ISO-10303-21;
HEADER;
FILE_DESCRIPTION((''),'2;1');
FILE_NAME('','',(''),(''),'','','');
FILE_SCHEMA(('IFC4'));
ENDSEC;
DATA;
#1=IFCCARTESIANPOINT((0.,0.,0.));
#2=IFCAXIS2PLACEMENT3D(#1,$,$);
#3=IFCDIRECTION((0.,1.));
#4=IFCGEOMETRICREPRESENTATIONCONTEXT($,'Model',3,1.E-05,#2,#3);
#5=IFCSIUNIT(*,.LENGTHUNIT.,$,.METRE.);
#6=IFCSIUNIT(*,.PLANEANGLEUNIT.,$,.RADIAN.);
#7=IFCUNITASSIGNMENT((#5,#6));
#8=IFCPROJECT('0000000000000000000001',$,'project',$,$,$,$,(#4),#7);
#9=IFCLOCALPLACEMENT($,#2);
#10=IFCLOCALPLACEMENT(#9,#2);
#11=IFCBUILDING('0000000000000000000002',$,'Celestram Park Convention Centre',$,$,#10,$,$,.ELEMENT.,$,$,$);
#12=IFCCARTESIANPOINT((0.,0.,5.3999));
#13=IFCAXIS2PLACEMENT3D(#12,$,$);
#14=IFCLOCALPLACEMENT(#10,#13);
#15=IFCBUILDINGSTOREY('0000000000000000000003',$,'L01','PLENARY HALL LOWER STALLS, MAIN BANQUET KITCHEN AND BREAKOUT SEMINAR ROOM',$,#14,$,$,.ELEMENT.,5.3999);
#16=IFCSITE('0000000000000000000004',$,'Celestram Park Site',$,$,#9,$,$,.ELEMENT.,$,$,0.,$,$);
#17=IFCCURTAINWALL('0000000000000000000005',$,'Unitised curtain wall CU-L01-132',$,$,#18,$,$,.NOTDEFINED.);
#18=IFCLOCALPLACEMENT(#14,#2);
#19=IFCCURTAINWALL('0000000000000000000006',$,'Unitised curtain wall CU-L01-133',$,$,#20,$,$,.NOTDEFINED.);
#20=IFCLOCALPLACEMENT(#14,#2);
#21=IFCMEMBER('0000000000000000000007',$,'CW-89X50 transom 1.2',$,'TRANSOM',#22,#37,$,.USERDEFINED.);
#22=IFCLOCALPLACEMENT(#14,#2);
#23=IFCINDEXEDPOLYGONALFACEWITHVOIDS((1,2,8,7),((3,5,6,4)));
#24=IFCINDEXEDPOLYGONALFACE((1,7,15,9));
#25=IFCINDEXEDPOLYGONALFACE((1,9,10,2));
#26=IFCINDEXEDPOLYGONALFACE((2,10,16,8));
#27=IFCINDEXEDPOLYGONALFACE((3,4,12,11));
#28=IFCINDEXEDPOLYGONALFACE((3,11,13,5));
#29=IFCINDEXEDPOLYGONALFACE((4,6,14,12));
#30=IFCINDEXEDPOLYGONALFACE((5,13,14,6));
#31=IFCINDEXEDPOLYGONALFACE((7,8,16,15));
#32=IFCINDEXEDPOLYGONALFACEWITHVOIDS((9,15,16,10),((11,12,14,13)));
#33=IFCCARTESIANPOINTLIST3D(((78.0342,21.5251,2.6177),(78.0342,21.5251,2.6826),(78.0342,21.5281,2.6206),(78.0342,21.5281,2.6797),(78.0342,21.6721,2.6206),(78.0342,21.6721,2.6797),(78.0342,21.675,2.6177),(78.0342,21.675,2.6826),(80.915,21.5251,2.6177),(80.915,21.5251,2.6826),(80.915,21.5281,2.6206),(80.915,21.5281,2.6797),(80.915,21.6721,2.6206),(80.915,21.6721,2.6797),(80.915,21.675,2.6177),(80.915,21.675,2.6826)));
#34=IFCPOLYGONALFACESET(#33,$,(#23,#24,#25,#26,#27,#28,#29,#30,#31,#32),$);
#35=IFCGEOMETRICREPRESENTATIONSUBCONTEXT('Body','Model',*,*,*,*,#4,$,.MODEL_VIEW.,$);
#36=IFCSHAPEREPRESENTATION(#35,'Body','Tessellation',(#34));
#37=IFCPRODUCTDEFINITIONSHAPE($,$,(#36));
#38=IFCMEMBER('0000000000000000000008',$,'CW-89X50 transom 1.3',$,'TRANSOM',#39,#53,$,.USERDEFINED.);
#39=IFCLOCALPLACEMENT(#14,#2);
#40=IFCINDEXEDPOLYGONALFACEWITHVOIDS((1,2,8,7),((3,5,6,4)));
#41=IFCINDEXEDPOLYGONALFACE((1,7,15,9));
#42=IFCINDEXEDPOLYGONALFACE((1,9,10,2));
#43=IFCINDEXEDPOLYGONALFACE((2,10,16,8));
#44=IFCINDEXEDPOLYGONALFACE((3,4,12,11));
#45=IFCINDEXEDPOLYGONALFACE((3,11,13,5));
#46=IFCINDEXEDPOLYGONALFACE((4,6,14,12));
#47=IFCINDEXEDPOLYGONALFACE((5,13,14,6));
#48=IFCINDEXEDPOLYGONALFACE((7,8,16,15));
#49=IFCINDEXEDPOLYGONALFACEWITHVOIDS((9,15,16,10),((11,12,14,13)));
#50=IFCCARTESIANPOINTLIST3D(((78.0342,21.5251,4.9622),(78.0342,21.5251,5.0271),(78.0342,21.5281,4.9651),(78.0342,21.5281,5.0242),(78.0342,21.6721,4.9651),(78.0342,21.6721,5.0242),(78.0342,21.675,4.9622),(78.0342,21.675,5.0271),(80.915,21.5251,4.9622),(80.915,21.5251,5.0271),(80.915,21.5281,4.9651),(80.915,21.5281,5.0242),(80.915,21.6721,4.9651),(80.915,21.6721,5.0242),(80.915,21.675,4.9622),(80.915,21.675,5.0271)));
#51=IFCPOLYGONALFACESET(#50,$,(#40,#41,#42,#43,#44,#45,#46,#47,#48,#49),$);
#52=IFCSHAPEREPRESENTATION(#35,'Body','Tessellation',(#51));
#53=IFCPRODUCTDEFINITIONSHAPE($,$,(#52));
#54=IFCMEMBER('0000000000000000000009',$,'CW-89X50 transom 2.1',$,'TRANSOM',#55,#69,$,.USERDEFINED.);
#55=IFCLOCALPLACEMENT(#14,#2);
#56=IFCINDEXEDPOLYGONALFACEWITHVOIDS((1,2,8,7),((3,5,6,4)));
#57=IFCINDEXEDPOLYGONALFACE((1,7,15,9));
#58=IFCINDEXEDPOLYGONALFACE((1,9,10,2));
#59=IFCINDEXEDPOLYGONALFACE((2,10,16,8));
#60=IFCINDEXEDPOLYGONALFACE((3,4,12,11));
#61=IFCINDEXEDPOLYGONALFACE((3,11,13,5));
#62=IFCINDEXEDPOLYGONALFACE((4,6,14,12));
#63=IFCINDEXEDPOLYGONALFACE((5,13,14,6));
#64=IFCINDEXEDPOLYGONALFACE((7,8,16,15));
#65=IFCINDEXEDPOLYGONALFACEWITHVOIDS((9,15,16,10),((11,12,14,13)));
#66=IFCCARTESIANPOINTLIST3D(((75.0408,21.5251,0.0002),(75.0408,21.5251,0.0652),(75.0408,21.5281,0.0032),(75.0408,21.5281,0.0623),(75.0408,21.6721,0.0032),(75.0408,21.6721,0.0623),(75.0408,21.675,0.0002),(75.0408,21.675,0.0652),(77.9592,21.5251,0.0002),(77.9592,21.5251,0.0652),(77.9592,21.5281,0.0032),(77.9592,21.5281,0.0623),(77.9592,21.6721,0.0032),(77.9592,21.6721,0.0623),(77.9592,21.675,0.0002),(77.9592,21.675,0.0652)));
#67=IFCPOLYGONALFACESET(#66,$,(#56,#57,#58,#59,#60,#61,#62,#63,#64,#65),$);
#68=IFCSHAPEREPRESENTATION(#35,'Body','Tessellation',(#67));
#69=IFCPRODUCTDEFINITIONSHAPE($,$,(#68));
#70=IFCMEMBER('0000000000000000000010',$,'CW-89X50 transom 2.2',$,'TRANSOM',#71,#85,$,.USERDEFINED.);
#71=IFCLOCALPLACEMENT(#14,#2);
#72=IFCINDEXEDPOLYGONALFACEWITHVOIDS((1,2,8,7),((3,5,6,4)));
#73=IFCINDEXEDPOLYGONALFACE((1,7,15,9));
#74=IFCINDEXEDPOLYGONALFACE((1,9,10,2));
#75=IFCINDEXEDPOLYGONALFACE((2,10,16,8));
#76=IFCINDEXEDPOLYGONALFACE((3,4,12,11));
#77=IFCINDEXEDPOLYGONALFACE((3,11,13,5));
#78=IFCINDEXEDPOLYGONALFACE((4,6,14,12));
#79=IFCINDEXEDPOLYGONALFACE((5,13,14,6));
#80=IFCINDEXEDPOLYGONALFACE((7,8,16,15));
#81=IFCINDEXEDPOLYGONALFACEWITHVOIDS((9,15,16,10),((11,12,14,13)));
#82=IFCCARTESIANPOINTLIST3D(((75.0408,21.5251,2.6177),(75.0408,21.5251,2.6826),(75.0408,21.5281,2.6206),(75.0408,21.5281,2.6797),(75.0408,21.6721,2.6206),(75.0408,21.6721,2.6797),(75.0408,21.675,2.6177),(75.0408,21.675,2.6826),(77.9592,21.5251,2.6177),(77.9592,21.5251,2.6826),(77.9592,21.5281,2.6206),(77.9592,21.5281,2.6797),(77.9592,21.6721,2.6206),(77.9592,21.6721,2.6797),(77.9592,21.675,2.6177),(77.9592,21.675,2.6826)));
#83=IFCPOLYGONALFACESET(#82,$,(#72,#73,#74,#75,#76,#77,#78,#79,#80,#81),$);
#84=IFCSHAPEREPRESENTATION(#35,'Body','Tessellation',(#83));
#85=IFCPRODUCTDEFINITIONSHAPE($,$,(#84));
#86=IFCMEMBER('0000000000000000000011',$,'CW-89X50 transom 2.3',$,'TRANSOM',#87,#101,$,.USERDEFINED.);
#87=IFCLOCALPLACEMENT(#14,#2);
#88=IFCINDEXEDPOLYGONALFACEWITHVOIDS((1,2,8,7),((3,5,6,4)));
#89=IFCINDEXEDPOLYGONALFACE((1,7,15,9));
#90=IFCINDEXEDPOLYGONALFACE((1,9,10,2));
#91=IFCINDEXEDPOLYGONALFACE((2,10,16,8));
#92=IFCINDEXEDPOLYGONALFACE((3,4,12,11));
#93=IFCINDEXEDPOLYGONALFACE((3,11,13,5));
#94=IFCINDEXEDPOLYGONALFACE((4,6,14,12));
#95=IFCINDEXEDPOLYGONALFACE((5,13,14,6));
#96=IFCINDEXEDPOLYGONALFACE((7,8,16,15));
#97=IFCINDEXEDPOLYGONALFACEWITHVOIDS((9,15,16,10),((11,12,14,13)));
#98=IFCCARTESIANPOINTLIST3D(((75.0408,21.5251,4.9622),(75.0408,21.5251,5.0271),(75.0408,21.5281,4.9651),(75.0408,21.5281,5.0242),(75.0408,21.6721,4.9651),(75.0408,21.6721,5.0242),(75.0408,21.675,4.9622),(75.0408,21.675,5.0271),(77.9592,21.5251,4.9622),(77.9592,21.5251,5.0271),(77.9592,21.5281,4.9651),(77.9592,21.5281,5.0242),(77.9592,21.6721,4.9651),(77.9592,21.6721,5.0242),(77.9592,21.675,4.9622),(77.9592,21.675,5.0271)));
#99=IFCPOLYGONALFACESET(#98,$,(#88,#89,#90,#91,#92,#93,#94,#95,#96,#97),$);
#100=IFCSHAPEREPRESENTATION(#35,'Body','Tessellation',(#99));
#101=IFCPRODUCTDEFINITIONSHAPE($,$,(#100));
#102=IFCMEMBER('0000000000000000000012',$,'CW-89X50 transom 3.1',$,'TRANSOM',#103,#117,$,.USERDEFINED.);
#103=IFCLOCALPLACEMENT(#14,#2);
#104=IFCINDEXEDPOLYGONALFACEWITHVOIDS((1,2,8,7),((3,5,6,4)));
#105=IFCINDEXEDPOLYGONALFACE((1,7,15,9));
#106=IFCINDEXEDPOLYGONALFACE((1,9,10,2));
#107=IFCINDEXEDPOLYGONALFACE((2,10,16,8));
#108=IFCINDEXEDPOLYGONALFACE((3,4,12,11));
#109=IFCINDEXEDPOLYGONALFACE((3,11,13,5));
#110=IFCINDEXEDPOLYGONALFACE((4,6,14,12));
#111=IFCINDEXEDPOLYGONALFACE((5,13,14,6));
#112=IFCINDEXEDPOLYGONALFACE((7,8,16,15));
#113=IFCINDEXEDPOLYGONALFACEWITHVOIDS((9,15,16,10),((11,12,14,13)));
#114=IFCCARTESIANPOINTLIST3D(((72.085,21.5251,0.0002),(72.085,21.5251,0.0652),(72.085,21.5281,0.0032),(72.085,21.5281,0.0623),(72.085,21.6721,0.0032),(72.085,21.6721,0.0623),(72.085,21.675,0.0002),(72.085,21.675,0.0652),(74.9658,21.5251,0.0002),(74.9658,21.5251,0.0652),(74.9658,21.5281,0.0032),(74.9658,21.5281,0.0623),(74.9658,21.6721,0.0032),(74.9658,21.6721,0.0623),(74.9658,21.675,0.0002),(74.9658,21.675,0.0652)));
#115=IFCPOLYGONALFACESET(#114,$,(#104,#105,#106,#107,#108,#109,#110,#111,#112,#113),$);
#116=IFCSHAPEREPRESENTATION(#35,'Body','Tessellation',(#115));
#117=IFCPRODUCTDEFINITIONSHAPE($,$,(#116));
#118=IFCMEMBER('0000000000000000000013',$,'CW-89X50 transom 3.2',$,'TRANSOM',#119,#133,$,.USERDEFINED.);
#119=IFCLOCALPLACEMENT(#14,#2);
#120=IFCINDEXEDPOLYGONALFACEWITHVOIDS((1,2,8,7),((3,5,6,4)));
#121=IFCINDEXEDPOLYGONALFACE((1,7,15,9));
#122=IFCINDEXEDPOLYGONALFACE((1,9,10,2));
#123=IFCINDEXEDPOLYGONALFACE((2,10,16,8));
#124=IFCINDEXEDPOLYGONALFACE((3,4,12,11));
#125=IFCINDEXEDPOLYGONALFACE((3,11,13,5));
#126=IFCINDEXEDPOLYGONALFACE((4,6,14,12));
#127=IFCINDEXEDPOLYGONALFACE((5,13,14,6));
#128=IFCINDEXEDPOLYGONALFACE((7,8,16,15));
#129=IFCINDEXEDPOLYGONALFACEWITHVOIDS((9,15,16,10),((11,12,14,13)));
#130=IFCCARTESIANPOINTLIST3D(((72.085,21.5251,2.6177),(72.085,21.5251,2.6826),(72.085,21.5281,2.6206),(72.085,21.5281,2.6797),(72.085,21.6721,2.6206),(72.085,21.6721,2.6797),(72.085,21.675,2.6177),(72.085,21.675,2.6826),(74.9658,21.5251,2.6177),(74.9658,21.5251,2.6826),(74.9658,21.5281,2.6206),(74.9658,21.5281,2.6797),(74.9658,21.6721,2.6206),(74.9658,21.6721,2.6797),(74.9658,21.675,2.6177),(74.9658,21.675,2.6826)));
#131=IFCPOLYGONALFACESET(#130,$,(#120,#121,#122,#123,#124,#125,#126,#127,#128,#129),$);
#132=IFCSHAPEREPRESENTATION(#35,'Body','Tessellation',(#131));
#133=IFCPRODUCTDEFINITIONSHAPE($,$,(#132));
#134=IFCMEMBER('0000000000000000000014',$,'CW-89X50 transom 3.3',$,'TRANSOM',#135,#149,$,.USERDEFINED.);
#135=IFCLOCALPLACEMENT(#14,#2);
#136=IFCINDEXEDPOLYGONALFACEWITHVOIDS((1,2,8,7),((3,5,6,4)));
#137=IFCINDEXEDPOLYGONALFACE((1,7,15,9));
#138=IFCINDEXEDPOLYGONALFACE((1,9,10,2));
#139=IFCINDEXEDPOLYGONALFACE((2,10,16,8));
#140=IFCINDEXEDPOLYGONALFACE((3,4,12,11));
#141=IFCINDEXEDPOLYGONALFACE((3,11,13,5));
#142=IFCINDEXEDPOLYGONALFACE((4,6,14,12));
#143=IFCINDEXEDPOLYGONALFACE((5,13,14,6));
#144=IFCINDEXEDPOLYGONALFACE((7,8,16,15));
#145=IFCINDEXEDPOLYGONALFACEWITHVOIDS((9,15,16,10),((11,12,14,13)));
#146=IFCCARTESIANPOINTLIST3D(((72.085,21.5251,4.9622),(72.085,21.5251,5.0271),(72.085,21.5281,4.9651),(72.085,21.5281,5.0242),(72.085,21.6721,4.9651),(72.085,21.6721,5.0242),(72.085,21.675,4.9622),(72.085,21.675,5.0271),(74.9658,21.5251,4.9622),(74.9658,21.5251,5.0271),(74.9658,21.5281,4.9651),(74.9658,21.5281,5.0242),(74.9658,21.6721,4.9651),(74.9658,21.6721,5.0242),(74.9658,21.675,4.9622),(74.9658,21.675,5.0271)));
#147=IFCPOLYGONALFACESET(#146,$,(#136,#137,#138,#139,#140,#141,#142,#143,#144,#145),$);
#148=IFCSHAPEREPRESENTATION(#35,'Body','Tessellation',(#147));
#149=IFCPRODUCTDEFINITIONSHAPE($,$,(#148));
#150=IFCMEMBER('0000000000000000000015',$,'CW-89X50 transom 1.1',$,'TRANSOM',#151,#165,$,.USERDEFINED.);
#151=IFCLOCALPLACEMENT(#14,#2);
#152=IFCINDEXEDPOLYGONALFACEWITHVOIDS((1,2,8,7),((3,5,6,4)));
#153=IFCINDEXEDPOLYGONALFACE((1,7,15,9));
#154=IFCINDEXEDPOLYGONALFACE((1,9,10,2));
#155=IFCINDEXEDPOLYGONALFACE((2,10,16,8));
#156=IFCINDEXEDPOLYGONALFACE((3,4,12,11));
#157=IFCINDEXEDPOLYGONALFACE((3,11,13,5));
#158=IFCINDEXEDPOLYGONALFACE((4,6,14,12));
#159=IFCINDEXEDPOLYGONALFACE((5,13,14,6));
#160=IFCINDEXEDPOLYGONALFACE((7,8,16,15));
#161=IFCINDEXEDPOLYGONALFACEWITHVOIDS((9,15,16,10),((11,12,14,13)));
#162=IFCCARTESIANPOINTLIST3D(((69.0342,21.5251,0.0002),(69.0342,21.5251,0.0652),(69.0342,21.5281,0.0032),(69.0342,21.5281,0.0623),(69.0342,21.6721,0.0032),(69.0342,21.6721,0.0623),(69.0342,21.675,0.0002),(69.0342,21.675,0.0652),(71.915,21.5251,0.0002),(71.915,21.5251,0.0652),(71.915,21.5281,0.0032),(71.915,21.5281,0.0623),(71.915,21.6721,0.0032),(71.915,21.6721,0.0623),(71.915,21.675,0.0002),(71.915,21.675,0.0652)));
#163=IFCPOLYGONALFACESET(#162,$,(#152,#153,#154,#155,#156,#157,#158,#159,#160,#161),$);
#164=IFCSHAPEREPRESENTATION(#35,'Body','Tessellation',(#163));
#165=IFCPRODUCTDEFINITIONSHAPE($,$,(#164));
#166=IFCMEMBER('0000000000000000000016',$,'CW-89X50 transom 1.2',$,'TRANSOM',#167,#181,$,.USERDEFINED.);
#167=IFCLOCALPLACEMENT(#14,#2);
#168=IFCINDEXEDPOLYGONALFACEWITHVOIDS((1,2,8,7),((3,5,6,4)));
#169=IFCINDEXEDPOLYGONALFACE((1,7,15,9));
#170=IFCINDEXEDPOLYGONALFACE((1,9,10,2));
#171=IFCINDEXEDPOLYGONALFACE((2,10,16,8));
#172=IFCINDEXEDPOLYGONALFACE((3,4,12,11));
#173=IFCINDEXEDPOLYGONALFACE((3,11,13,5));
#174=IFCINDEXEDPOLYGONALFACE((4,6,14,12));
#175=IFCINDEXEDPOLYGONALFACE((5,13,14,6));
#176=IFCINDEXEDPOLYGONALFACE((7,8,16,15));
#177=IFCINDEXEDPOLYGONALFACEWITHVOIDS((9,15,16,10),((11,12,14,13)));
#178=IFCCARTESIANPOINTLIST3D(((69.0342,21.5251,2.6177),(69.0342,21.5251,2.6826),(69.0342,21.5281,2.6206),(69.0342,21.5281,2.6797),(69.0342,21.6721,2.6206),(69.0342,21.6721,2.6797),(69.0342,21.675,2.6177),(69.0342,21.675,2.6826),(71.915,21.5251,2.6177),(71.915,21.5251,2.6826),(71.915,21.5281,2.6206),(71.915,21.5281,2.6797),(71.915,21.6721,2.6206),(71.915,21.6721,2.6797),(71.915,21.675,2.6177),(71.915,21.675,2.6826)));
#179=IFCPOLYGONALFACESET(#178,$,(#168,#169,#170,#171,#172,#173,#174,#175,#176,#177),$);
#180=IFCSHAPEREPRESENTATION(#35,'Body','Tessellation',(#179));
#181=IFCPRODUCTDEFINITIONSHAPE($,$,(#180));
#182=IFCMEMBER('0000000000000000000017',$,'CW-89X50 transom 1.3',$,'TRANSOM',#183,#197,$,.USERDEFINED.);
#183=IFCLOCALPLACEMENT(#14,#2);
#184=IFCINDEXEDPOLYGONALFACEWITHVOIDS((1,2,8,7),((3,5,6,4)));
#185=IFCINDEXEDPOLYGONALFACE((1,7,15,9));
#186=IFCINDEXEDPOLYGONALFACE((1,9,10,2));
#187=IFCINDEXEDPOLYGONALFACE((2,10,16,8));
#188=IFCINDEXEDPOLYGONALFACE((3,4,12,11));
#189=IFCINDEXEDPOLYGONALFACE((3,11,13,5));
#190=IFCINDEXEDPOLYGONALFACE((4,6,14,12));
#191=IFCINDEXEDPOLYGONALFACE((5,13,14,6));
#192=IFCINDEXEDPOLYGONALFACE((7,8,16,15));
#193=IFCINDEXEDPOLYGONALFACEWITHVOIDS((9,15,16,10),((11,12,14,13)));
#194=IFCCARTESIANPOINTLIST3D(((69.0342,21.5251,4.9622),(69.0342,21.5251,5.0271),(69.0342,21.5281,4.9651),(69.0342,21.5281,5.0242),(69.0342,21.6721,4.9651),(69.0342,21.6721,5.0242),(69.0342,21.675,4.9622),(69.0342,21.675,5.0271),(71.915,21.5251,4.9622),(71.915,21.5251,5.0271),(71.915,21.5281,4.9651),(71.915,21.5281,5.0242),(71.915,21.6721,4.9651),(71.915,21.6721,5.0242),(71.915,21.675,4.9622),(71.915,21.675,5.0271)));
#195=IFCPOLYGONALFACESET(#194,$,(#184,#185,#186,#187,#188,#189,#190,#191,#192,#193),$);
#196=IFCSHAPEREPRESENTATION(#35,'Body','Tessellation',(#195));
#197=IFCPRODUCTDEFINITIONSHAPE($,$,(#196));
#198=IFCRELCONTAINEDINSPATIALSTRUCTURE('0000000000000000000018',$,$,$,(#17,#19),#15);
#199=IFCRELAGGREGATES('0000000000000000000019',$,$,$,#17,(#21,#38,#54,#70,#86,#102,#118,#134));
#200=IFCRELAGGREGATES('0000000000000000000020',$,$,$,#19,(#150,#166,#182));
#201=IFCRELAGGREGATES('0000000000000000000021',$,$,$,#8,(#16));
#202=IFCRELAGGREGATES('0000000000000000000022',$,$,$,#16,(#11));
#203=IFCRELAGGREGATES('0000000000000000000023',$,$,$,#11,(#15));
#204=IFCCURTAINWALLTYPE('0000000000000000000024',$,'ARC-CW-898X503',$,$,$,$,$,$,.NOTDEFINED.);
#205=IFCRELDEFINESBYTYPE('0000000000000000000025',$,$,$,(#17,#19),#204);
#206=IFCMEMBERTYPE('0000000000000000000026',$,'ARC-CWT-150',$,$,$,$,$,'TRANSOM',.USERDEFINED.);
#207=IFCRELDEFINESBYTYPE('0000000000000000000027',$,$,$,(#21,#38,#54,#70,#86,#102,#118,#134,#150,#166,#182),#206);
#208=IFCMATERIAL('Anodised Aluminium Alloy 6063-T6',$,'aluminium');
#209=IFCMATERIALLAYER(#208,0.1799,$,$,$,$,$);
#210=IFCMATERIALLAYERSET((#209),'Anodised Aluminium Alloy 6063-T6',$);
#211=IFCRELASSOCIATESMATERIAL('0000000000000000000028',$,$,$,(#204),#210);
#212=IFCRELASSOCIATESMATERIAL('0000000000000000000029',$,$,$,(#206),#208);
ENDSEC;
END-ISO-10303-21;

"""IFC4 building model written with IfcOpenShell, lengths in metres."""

from ifc_helpers import new_model, si_unit, direction, frame, origin, origin_2d, place, context, subcontext, project, spatial, hollow_rectangle, extrude, material, layer, layer_set, material_profile, profile_set, type_object, element, aggregate, save


model = new_model("IFC4")

# Units and contexts
model_context = context("Model", 3, precision=1e-05, world=origin(), true_north=direction((0.0, 1.0)))
body_context = subcontext(model_context, "Body", "Model", "MODEL_VIEW")
ifc_project = project(units=[si_unit("LENGTHUNIT", "METRE"), si_unit("PLANEANGLEUNIT", "RADIAN")], contexts=[model_context])

# Site, building, storey
site_placement = place(None, origin())
site = spatial("IfcSite", under=ifc_project, at=site_placement, Name="Celestram Park Site", CompositionType="ELEMENT", RefElevation=0.0)
building_placement = place(site_placement, origin())
building = spatial("IfcBuilding", under=site, at=building_placement, Name="Celestram Park Convention Centre", CompositionType="ELEMENT")
storey_placement = place(building_placement, frame((0.0, 0.0, 5.3999)))
storey = spatial("IfcBuildingStorey", under=building, at=storey_placement, Name="L01", Description="PLENARY HALL LOWER STALLS, MAIN BANQUET KITCHEN AND BREAKOUT SEMINAR ROOM", CompositionType="ELEMENT", Elevation=5.3999)

# Shared definitions
ifc_material_1 = material(Name="Anodised Aluminium Alloy 6063-T6", Category="aluminium")
ifc_layer_1 = layer(ifc_material_1, 0.1799)
ifc_layer_set_1 = layer_set([ifc_layer_1], Name="Anodised Aluminium Alloy 6063-T6")
curtain_wall_type = type_object("IfcCurtainWallType", Name="ARC-CW-898X503", PredefinedType="NOTDEFINED", material=ifc_layer_set_1)

# Curtain walls
curtain_wall_1_placement = place(storey_placement, origin())
curtain_wall_1 = element("IfcCurtainWall", 1, at=curtain_wall_1_placement, inside=storey, type_object=curtain_wall_type, Name="Unitised curtain wall CU-L01-132", PredefinedType="NOTDEFINED")
curtain_wall_2_placement = place(storey_placement, origin())
curtain_wall_2 = element("IfcCurtainWall", 2, at=curtain_wall_2_placement, inside=storey, type_object=curtain_wall_type, Name="Unitised curtain wall CU-L01-133", PredefinedType="NOTDEFINED")

# Members
ifc_material_profile_1 = material_profile(ifc_material_1, hollow_rectangle(XDim=0.1499, YDim=0.0649, WallThickness=0.0029, at=origin_2d()), Name="ALU150X65X3")
ifc_profile_set_1 = profile_set([ifc_material_profile_1], Name="Anodised Aluminium Alloy 6063-T6")
member_type_1 = type_object("IfcMemberType", Name="ARC-CWT-150", ElementType="TRANSOM", PredefinedType="USERDEFINED", material=ifc_profile_set_1)
member_1_placement = place(storey_placement, frame((80.915, 21.6001, 2.6501), z_axis=(-1.0, 0.0, 0.0), x_axis=(0.0, -1.0, 0.0)))
member_1 = element("IfcMember", 3, at=member_1_placement, type_object=member_type_1, Name="CW-89X50 transom 1.2", ObjectType="TRANSOM", PredefinedType="USERDEFINED", context=body_context, shape_type="SweptSolid", body=[
    extrude(hollow_rectangle(XDim=0.1499, YDim=0.0649, WallThickness=0.0029, at=origin_2d()), origin(), (0.0, 0.0, 1.0), 2.8809),
])
member_2_placement = place(storey_placement, frame((80.915, 21.6001, 4.9946), z_axis=(-1.0, 0.0, 0.0), x_axis=(0.0, -1.0, 0.0)))
member_2 = element("IfcMember", 4, at=member_2_placement, type_object=member_type_1, Name="CW-89X50 transom 1.3", ObjectType="TRANSOM", PredefinedType="USERDEFINED", context=body_context, shape_type="SweptSolid", body=[
    extrude(hollow_rectangle(XDim=0.1499, YDim=0.0649, WallThickness=0.0029, at=origin_2d()), origin(), (0.0, 0.0, 1.0), 2.8809),
])
member_3_placement = place(storey_placement, frame((77.9592, 21.6001, 0.0327), z_axis=(-1.0, 0.0, 0.0), x_axis=(0.0, -1.0, 0.0)))
member_3 = element("IfcMember", 5, at=member_3_placement, type_object=member_type_1, Name="CW-89X50 transom 2.1", ObjectType="TRANSOM", PredefinedType="USERDEFINED", context=body_context, shape_type="SweptSolid", body=[
    extrude(hollow_rectangle(XDim=0.1499, YDim=0.0649, WallThickness=0.0029, at=origin_2d()), origin(), (0.0, 0.0, 1.0), 2.9185),
])
member_4_placement = place(storey_placement, frame((77.9592, 21.6001, 2.6501), z_axis=(-1.0, 0.0, 0.0), x_axis=(0.0, -1.0, 0.0)))
member_4 = element("IfcMember", 6, at=member_4_placement, type_object=member_type_1, Name="CW-89X50 transom 2.2", ObjectType="TRANSOM", PredefinedType="USERDEFINED", context=body_context, shape_type="SweptSolid", body=[
    extrude(hollow_rectangle(XDim=0.1499, YDim=0.0649, WallThickness=0.0029, at=origin_2d()), origin(), (0.0, 0.0, 1.0), 2.9185),
])
member_5_placement = place(storey_placement, frame((77.9592, 21.6001, 4.9946), z_axis=(-1.0, 0.0, 0.0), x_axis=(0.0, -1.0, 0.0)))
member_5 = element("IfcMember", 7, at=member_5_placement, type_object=member_type_1, Name="CW-89X50 transom 2.3", ObjectType="TRANSOM", PredefinedType="USERDEFINED", context=body_context, shape_type="SweptSolid", body=[
    extrude(hollow_rectangle(XDim=0.1499, YDim=0.0649, WallThickness=0.0029, at=origin_2d()), origin(), (0.0, 0.0, 1.0), 2.9185),
])
member_6_placement = place(storey_placement, frame((74.9658, 21.6001, 0.0327), z_axis=(-1.0, 0.0, 0.0), x_axis=(0.0, -1.0, 0.0)))
member_6 = element("IfcMember", 8, at=member_6_placement, type_object=member_type_1, Name="CW-89X50 transom 3.1", ObjectType="TRANSOM", PredefinedType="USERDEFINED", context=body_context, shape_type="SweptSolid", body=[
    extrude(hollow_rectangle(XDim=0.1499, YDim=0.0649, WallThickness=0.0029, at=origin_2d()), origin(), (0.0, 0.0, 1.0), 2.8809),
])
member_7_placement = place(storey_placement, frame((74.9658, 21.6001, 2.6501), z_axis=(-1.0, 0.0, 0.0), x_axis=(0.0, -1.0, 0.0)))
member_7 = element("IfcMember", 9, at=member_7_placement, type_object=member_type_1, Name="CW-89X50 transom 3.2", ObjectType="TRANSOM", PredefinedType="USERDEFINED", context=body_context, shape_type="SweptSolid", body=[
    extrude(hollow_rectangle(XDim=0.1499, YDim=0.0649, WallThickness=0.0029, at=origin_2d()), origin(), (0.0, 0.0, 1.0), 2.8809),
])
member_8_placement = place(storey_placement, frame((74.9658, 21.6001, 4.9946), z_axis=(-1.0, 0.0, 0.0), x_axis=(0.0, -1.0, 0.0)))
member_8 = element("IfcMember", 10, at=member_8_placement, type_object=member_type_1, Name="CW-89X50 transom 3.3", ObjectType="TRANSOM", PredefinedType="USERDEFINED", context=body_context, shape_type="SweptSolid", body=[
    extrude(hollow_rectangle(XDim=0.1499, YDim=0.0649, WallThickness=0.0029, at=origin_2d()), origin(), (0.0, 0.0, 1.0), 2.8809),
])
member_9_placement = place(storey_placement, frame((71.915, 21.6001, 0.0327), z_axis=(-1.0, 0.0, 0.0), x_axis=(0.0, -1.0, 0.0)))
member_9 = element("IfcMember", 11, at=member_9_placement, type_object=member_type_1, Name="CW-89X50 transom 1.1", ObjectType="TRANSOM", PredefinedType="USERDEFINED", context=body_context, shape_type="SweptSolid", body=[
    extrude(hollow_rectangle(XDim=0.1499, YDim=0.0649, WallThickness=0.0029, at=origin_2d()), origin(), (0.0, 0.0, 1.0), 2.8809),
])
member_10_placement = place(storey_placement, frame((71.915, 21.6001, 2.6501), z_axis=(-1.0, 0.0, 0.0), x_axis=(0.0, -1.0, 0.0)))
member_10 = element("IfcMember", 12, at=member_10_placement, type_object=member_type_1, Name="CW-89X50 transom 1.2", ObjectType="TRANSOM", PredefinedType="USERDEFINED", context=body_context, shape_type="SweptSolid", body=[
    extrude(hollow_rectangle(XDim=0.1499, YDim=0.0649, WallThickness=0.0029, at=origin_2d()), origin(), (0.0, 0.0, 1.0), 2.8809),
])
member_11_placement = place(storey_placement, frame((71.915, 21.6001, 4.9946), z_axis=(-1.0, 0.0, 0.0), x_axis=(0.0, -1.0, 0.0)))
member_11 = element("IfcMember", 13, at=member_11_placement, type_object=member_type_1, Name="CW-89X50 transom 1.3", ObjectType="TRANSOM", PredefinedType="USERDEFINED", context=body_context, shape_type="SweptSolid", body=[
    extrude(hollow_rectangle(XDim=0.1499, YDim=0.0649, WallThickness=0.0029, at=origin_2d()), origin(), (0.0, 0.0, 1.0), 2.8809),
])

aggregate(curtain_wall_1, [member_1, member_2, member_3, member_4, member_5, member_6, member_7, member_8])
aggregate(curtain_wall_2, [member_9, member_10, member_11])

save(model, "model.ifc")
